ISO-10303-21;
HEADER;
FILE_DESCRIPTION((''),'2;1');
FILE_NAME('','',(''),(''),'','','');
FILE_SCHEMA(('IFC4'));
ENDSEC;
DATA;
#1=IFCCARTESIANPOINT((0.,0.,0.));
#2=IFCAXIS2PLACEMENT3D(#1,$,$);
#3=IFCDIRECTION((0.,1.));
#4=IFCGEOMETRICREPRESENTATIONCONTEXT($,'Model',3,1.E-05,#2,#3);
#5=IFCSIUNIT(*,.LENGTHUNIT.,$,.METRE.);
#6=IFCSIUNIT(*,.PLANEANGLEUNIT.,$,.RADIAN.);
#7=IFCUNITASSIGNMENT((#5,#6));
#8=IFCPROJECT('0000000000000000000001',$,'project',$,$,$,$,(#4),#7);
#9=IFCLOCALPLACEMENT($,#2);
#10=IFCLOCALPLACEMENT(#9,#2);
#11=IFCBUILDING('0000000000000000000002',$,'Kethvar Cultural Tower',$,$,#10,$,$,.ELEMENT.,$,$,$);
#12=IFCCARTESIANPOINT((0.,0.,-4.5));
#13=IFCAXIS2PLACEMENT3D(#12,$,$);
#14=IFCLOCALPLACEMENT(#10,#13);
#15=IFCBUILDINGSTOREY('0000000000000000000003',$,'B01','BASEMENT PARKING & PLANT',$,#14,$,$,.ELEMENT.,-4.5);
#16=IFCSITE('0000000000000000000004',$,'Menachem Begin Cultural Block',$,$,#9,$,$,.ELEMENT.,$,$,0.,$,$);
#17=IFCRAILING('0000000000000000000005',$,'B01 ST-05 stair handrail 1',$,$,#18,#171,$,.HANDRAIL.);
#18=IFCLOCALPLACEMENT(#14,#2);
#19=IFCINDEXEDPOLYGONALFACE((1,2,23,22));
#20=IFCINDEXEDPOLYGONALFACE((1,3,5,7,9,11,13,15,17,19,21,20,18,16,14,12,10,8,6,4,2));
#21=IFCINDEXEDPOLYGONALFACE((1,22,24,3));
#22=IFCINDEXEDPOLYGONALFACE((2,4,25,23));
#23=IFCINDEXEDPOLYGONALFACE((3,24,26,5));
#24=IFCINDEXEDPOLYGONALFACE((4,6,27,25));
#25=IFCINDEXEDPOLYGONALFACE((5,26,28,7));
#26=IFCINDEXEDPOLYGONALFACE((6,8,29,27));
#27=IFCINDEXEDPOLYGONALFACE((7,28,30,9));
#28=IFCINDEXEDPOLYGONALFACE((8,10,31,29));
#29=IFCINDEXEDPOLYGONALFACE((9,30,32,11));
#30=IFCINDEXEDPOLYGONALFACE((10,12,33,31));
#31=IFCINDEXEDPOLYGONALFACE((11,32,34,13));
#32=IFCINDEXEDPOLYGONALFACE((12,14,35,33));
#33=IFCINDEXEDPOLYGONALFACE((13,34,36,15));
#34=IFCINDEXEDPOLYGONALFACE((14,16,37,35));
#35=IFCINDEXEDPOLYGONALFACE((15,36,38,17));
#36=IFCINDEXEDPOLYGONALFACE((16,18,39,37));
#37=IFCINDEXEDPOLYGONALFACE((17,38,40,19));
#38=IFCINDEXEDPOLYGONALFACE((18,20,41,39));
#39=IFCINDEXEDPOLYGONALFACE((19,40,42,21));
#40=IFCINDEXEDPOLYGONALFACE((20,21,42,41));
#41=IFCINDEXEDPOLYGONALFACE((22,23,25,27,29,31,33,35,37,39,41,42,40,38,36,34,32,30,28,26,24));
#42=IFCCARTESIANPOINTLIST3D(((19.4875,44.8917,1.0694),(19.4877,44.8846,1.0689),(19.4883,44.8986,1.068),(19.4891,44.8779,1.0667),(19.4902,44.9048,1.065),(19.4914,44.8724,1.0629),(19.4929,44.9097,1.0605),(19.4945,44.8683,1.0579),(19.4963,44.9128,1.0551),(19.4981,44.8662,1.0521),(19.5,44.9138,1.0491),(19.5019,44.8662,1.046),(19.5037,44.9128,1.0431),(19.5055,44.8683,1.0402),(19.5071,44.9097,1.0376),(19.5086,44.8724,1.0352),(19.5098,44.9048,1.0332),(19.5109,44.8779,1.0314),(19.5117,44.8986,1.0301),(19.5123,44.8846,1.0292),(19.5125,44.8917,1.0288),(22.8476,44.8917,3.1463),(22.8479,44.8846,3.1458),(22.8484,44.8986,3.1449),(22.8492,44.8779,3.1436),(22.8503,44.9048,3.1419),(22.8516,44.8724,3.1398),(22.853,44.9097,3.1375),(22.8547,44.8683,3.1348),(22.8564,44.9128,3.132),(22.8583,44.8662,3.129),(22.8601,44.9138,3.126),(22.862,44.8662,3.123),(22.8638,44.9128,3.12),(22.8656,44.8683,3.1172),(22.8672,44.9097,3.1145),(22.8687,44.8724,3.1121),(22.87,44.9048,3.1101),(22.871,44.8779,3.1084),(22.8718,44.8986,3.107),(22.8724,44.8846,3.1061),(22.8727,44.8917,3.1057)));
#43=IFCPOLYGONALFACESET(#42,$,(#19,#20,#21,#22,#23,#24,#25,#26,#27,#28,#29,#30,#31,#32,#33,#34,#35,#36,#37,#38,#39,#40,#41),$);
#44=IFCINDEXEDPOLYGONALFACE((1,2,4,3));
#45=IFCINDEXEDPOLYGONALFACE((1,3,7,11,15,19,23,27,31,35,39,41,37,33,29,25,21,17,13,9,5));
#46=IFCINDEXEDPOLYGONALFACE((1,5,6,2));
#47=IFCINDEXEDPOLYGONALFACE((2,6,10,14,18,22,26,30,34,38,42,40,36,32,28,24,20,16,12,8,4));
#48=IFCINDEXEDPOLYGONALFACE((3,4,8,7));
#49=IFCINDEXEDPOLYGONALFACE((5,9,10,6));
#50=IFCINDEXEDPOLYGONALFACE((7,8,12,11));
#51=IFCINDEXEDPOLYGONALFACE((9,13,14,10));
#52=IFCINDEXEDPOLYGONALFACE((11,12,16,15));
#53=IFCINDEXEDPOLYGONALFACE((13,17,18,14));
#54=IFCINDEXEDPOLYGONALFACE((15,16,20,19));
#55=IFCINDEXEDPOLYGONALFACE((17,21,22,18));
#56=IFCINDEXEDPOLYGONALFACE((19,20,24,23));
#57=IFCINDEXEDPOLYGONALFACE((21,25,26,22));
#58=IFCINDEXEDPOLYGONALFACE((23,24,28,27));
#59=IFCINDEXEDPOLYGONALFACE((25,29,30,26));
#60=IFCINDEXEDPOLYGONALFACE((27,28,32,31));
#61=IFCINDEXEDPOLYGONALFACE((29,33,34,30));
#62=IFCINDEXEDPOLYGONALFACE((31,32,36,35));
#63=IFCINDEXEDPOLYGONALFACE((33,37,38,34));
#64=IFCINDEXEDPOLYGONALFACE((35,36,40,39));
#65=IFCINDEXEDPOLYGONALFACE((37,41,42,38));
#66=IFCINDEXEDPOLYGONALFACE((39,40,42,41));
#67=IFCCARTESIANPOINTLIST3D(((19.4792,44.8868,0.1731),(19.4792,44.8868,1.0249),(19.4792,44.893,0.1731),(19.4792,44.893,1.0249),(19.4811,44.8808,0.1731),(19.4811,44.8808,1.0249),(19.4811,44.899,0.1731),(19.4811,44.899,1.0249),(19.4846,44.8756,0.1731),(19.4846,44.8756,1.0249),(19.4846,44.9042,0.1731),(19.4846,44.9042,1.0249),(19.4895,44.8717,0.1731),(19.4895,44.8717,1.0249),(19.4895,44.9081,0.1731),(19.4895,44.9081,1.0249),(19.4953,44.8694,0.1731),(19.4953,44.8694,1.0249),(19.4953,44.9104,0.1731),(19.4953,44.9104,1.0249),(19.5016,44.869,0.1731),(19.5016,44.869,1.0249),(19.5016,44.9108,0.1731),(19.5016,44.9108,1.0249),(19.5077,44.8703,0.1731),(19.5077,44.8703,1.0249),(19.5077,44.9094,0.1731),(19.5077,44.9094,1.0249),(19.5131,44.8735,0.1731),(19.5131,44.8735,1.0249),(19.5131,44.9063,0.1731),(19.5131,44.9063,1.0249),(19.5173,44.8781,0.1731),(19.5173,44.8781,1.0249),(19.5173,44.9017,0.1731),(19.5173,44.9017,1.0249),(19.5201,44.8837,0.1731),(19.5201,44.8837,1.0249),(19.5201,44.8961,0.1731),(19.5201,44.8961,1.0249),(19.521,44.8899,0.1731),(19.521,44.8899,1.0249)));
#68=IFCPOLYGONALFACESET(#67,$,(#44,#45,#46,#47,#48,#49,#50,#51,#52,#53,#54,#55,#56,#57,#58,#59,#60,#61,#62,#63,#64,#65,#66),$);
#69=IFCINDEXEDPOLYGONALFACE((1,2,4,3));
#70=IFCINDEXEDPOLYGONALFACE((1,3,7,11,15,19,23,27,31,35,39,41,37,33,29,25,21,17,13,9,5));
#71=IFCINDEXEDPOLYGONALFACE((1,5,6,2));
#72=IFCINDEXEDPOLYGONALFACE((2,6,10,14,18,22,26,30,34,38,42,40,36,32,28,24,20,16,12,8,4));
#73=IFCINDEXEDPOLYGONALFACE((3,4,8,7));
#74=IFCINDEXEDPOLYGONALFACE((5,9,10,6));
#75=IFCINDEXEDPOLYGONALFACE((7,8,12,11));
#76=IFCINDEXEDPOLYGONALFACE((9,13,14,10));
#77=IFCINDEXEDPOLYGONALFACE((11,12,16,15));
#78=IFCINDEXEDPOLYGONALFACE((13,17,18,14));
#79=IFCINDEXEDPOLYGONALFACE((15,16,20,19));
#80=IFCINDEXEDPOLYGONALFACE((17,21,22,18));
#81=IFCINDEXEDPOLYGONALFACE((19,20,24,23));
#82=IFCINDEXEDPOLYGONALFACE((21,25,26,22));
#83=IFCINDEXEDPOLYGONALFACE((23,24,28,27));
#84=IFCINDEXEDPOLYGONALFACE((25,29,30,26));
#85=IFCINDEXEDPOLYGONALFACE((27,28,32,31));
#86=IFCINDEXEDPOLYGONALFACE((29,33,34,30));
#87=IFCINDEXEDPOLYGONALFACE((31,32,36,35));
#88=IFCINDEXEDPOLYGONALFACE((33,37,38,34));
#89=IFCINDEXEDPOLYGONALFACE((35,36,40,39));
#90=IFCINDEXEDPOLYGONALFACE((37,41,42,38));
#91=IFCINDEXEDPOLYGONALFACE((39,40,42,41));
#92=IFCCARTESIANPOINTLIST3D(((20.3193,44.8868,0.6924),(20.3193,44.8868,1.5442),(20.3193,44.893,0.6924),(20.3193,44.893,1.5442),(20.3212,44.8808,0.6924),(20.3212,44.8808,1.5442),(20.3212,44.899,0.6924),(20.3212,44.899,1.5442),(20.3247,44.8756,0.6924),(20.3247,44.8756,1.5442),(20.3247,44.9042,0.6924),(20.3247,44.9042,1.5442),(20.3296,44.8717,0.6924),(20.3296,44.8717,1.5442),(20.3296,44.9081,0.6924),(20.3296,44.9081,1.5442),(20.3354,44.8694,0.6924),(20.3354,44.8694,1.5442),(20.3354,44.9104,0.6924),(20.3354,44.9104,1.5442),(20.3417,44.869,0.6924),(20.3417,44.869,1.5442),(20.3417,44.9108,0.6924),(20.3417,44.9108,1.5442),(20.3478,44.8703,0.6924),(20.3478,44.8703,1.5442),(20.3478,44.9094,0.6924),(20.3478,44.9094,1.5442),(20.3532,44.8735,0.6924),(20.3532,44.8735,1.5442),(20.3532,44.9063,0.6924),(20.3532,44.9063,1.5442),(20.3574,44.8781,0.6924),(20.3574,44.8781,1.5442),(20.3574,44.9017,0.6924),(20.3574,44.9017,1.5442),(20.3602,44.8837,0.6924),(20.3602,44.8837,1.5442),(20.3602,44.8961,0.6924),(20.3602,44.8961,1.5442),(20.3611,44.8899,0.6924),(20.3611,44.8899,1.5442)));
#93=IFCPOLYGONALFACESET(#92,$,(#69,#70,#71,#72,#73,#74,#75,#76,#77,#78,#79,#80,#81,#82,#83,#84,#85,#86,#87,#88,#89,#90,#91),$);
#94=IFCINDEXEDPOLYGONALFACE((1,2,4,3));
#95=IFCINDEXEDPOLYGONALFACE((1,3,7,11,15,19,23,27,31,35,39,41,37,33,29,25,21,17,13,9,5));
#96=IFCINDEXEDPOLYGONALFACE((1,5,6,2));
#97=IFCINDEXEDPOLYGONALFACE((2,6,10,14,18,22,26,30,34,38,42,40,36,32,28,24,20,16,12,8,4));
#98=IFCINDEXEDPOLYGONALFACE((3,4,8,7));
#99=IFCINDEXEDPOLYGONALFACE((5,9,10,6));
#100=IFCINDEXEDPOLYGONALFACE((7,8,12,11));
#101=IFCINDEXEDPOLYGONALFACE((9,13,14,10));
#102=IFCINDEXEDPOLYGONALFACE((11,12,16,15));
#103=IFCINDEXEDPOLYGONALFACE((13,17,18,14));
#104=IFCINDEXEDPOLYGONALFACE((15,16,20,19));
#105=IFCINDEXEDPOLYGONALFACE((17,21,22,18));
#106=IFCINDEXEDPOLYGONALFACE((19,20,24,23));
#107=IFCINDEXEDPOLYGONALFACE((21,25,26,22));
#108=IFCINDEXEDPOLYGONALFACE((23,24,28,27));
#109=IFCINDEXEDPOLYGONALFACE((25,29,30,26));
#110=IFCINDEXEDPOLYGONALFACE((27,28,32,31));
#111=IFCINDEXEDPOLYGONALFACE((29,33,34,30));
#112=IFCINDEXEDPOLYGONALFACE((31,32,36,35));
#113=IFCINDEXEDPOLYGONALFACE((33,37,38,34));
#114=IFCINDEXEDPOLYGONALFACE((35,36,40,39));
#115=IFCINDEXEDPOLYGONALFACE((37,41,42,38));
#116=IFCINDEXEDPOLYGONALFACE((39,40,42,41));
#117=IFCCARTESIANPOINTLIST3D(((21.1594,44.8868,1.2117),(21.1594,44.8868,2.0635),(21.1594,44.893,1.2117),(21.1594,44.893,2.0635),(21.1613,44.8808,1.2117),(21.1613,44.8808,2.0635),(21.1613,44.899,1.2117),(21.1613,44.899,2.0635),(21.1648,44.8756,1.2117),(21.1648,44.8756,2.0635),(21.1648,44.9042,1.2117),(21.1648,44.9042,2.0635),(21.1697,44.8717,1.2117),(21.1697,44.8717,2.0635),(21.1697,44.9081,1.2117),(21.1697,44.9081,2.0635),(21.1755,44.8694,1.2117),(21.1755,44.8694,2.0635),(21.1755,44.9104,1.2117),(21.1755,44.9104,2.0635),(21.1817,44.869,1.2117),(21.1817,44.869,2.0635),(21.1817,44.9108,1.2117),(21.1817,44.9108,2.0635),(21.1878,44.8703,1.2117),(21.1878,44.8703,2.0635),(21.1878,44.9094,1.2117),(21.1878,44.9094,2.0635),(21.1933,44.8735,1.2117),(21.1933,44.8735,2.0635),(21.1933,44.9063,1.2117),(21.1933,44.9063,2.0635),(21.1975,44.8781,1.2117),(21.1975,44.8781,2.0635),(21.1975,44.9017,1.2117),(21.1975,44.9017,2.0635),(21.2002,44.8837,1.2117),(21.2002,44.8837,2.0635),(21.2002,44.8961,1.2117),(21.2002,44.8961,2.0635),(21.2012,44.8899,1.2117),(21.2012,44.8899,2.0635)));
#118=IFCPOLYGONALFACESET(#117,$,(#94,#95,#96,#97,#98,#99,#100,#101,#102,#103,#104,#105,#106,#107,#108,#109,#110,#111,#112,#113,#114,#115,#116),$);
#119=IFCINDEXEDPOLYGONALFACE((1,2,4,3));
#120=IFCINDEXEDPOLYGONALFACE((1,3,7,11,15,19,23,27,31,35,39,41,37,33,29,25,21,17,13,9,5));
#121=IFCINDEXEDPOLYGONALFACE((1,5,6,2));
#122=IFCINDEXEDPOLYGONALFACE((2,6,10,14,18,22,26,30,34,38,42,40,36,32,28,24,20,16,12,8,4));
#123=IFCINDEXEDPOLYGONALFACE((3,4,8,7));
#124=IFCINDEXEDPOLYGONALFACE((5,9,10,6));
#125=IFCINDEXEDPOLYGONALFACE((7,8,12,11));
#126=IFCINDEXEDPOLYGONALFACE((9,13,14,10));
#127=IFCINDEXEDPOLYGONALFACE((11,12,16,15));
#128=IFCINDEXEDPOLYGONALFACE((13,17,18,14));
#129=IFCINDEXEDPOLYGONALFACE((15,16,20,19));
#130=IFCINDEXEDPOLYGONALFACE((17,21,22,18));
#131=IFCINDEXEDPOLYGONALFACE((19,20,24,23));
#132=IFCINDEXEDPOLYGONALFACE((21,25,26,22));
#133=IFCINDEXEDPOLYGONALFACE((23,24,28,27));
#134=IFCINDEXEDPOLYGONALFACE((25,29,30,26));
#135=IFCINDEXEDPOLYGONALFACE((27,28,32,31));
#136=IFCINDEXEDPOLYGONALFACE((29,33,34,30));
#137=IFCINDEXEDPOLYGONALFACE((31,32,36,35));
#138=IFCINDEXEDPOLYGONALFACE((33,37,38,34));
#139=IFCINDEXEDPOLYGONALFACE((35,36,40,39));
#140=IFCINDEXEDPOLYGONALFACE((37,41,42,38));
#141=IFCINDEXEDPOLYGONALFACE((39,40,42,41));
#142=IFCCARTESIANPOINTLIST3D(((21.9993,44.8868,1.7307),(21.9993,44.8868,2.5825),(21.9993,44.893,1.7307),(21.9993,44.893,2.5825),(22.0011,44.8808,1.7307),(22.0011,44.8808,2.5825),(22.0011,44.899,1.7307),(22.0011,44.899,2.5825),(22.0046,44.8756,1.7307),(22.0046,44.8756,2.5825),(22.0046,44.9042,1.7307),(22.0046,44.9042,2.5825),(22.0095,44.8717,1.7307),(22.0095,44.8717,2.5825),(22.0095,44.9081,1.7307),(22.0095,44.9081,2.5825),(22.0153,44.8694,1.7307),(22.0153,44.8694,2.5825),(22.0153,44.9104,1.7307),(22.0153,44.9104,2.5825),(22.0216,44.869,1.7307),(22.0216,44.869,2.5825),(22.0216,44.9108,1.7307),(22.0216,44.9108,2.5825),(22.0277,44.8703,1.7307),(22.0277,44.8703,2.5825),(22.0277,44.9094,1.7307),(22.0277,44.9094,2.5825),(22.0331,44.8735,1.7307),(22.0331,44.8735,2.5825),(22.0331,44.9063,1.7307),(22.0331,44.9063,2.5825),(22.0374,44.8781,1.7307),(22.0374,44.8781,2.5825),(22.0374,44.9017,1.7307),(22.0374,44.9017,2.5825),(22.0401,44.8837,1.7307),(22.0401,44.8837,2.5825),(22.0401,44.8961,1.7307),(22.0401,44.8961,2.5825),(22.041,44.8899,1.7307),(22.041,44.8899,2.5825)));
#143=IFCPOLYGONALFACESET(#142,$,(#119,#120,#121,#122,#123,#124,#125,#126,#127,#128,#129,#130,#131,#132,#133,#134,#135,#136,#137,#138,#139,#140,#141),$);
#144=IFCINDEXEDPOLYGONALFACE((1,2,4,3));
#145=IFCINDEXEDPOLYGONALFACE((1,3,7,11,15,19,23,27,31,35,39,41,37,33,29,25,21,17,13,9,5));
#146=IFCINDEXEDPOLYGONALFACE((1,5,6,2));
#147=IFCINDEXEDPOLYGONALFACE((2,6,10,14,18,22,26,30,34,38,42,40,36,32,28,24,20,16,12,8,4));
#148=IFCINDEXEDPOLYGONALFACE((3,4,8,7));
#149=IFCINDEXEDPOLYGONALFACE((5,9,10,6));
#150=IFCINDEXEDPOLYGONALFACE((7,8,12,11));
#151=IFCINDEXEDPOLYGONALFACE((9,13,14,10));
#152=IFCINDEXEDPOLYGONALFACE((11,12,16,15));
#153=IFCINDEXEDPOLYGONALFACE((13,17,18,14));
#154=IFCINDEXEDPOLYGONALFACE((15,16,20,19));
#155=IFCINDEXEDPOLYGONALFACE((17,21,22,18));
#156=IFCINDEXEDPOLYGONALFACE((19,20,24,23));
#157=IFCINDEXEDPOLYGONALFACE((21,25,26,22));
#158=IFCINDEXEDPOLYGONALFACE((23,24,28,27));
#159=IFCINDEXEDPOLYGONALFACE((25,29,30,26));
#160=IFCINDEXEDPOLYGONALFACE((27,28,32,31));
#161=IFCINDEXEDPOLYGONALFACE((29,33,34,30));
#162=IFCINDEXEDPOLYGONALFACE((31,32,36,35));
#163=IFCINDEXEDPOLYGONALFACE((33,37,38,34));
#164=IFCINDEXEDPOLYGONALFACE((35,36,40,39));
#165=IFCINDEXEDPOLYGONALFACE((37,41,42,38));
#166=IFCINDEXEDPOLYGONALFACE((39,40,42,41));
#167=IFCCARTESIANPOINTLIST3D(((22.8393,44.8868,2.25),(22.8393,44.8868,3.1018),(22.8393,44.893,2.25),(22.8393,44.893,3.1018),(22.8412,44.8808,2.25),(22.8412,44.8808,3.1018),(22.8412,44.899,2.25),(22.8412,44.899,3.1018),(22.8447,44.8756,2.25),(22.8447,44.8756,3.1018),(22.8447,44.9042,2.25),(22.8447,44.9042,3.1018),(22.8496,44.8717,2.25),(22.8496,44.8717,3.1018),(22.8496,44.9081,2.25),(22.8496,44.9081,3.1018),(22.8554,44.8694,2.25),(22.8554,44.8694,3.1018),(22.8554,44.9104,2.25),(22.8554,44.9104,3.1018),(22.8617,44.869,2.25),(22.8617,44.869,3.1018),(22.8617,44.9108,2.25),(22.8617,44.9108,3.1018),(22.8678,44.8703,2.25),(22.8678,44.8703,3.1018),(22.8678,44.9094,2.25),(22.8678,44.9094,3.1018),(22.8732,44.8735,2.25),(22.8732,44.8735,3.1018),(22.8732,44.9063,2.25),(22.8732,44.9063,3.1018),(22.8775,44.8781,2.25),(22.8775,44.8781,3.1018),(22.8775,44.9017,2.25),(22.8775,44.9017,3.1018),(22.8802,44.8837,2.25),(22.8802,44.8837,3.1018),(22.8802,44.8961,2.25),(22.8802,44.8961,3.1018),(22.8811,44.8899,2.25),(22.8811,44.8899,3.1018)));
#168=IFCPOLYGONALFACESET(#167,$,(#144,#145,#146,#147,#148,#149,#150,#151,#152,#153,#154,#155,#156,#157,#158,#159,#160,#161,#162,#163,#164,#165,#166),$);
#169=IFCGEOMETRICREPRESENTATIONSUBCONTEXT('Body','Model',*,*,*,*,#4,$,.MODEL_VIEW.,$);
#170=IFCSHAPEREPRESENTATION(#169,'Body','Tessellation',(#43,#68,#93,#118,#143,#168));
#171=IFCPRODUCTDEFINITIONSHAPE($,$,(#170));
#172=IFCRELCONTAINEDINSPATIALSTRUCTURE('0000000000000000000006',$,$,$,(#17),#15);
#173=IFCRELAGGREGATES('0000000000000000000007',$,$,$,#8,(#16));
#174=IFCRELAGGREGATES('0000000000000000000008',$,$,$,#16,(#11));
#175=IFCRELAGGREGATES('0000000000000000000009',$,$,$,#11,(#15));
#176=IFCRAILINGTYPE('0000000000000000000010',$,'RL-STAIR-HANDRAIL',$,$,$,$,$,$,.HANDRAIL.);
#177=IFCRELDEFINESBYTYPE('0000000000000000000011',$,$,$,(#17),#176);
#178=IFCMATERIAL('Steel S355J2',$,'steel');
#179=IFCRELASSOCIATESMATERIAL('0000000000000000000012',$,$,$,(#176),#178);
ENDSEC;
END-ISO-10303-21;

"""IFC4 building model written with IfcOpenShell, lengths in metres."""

from ifc_helpers import new_model, si_unit, direction, frame, origin, origin_2d, place, context, subcontext, project, spatial, circle, extrude, material, type_object, element, save


model = new_model("IFC4")

# Units and contexts
model_context = context("Model", 3, precision=1e-05, world=origin(), true_north=direction((0.0, 1.0)))
body_context = subcontext(model_context, "Body", "Model", "MODEL_VIEW")
ifc_project = project(units=[si_unit("LENGTHUNIT", "METRE"), si_unit("PLANEANGLEUNIT", "RADIAN")], contexts=[model_context])

# Site, building, storey
site_placement = place(None, origin())
site = spatial("IfcSite", under=ifc_project, at=site_placement, Name="Menachem Begin Cultural Block", CompositionType="ELEMENT", RefElevation=0.0)
building_placement = place(site_placement, origin())
building = spatial("IfcBuilding", under=site, at=building_placement, Name="Kethvar Cultural Tower", CompositionType="ELEMENT")
storey_placement = place(building_placement, frame((0.0, 0.0, -4.5)))
storey = spatial("IfcBuildingStorey", under=building, at=storey_placement, Name="B01", Description="BASEMENT PARKING & PLANT", CompositionType="ELEMENT", Elevation=-4.5)

# Shared definitions
ifc_material_1 = material(Name="Steel S355J2", Category="steel")

# Railing
railing_type_1 = type_object("IfcRailingType", Name="RL-STAIR-HANDRAIL", PredefinedType="HANDRAIL", material=ifc_material_1)
railing_1_placement = place(storey_placement, frame((19.5, 44.8899, 0.1731)))
element("IfcRailing", 1, at=railing_1_placement, inside=storey, type_object=railing_type_1, Name="B01 ST-05 stair handrail 1", PredefinedType="HANDRAIL", context=body_context, shape_type="SweptSolid", body=[
    extrude(circle(Radius=0.0239, at=origin_2d()), frame((0.0, 0.0, 0.876), z_axis=(0.850623, 0.0, 0.525776), x_axis=(0.0, 1.0, 0.0)), (0.0, 0.0, 1.0), 3.9502),
    extrude(circle(Radius=0.021, at=origin_2d()), origin(), (0.0, 0.0, 1.0), 0.8518),
    extrude(circle(Radius=0.021, at=origin_2d()), frame((0.8401, 0.0, 0.5193)), (0.0, 0.0, 1.0), 0.8518),
    extrude(circle(Radius=0.021, at=origin_2d()), frame((1.6802, 0.0, 1.0386)), (0.0, 0.0, 1.0), 0.8518),
    extrude(circle(Radius=0.021, at=origin_2d()), frame((2.52, 0.0, 1.5576)), (0.0, 0.0, 1.0), 0.8518),
    extrude(circle(Radius=0.021, at=origin_2d()), frame((3.3601, 0.0, 2.0769)), (0.0, 0.0, 1.0), 0.8518),
])

save(model, "model.ifc")
